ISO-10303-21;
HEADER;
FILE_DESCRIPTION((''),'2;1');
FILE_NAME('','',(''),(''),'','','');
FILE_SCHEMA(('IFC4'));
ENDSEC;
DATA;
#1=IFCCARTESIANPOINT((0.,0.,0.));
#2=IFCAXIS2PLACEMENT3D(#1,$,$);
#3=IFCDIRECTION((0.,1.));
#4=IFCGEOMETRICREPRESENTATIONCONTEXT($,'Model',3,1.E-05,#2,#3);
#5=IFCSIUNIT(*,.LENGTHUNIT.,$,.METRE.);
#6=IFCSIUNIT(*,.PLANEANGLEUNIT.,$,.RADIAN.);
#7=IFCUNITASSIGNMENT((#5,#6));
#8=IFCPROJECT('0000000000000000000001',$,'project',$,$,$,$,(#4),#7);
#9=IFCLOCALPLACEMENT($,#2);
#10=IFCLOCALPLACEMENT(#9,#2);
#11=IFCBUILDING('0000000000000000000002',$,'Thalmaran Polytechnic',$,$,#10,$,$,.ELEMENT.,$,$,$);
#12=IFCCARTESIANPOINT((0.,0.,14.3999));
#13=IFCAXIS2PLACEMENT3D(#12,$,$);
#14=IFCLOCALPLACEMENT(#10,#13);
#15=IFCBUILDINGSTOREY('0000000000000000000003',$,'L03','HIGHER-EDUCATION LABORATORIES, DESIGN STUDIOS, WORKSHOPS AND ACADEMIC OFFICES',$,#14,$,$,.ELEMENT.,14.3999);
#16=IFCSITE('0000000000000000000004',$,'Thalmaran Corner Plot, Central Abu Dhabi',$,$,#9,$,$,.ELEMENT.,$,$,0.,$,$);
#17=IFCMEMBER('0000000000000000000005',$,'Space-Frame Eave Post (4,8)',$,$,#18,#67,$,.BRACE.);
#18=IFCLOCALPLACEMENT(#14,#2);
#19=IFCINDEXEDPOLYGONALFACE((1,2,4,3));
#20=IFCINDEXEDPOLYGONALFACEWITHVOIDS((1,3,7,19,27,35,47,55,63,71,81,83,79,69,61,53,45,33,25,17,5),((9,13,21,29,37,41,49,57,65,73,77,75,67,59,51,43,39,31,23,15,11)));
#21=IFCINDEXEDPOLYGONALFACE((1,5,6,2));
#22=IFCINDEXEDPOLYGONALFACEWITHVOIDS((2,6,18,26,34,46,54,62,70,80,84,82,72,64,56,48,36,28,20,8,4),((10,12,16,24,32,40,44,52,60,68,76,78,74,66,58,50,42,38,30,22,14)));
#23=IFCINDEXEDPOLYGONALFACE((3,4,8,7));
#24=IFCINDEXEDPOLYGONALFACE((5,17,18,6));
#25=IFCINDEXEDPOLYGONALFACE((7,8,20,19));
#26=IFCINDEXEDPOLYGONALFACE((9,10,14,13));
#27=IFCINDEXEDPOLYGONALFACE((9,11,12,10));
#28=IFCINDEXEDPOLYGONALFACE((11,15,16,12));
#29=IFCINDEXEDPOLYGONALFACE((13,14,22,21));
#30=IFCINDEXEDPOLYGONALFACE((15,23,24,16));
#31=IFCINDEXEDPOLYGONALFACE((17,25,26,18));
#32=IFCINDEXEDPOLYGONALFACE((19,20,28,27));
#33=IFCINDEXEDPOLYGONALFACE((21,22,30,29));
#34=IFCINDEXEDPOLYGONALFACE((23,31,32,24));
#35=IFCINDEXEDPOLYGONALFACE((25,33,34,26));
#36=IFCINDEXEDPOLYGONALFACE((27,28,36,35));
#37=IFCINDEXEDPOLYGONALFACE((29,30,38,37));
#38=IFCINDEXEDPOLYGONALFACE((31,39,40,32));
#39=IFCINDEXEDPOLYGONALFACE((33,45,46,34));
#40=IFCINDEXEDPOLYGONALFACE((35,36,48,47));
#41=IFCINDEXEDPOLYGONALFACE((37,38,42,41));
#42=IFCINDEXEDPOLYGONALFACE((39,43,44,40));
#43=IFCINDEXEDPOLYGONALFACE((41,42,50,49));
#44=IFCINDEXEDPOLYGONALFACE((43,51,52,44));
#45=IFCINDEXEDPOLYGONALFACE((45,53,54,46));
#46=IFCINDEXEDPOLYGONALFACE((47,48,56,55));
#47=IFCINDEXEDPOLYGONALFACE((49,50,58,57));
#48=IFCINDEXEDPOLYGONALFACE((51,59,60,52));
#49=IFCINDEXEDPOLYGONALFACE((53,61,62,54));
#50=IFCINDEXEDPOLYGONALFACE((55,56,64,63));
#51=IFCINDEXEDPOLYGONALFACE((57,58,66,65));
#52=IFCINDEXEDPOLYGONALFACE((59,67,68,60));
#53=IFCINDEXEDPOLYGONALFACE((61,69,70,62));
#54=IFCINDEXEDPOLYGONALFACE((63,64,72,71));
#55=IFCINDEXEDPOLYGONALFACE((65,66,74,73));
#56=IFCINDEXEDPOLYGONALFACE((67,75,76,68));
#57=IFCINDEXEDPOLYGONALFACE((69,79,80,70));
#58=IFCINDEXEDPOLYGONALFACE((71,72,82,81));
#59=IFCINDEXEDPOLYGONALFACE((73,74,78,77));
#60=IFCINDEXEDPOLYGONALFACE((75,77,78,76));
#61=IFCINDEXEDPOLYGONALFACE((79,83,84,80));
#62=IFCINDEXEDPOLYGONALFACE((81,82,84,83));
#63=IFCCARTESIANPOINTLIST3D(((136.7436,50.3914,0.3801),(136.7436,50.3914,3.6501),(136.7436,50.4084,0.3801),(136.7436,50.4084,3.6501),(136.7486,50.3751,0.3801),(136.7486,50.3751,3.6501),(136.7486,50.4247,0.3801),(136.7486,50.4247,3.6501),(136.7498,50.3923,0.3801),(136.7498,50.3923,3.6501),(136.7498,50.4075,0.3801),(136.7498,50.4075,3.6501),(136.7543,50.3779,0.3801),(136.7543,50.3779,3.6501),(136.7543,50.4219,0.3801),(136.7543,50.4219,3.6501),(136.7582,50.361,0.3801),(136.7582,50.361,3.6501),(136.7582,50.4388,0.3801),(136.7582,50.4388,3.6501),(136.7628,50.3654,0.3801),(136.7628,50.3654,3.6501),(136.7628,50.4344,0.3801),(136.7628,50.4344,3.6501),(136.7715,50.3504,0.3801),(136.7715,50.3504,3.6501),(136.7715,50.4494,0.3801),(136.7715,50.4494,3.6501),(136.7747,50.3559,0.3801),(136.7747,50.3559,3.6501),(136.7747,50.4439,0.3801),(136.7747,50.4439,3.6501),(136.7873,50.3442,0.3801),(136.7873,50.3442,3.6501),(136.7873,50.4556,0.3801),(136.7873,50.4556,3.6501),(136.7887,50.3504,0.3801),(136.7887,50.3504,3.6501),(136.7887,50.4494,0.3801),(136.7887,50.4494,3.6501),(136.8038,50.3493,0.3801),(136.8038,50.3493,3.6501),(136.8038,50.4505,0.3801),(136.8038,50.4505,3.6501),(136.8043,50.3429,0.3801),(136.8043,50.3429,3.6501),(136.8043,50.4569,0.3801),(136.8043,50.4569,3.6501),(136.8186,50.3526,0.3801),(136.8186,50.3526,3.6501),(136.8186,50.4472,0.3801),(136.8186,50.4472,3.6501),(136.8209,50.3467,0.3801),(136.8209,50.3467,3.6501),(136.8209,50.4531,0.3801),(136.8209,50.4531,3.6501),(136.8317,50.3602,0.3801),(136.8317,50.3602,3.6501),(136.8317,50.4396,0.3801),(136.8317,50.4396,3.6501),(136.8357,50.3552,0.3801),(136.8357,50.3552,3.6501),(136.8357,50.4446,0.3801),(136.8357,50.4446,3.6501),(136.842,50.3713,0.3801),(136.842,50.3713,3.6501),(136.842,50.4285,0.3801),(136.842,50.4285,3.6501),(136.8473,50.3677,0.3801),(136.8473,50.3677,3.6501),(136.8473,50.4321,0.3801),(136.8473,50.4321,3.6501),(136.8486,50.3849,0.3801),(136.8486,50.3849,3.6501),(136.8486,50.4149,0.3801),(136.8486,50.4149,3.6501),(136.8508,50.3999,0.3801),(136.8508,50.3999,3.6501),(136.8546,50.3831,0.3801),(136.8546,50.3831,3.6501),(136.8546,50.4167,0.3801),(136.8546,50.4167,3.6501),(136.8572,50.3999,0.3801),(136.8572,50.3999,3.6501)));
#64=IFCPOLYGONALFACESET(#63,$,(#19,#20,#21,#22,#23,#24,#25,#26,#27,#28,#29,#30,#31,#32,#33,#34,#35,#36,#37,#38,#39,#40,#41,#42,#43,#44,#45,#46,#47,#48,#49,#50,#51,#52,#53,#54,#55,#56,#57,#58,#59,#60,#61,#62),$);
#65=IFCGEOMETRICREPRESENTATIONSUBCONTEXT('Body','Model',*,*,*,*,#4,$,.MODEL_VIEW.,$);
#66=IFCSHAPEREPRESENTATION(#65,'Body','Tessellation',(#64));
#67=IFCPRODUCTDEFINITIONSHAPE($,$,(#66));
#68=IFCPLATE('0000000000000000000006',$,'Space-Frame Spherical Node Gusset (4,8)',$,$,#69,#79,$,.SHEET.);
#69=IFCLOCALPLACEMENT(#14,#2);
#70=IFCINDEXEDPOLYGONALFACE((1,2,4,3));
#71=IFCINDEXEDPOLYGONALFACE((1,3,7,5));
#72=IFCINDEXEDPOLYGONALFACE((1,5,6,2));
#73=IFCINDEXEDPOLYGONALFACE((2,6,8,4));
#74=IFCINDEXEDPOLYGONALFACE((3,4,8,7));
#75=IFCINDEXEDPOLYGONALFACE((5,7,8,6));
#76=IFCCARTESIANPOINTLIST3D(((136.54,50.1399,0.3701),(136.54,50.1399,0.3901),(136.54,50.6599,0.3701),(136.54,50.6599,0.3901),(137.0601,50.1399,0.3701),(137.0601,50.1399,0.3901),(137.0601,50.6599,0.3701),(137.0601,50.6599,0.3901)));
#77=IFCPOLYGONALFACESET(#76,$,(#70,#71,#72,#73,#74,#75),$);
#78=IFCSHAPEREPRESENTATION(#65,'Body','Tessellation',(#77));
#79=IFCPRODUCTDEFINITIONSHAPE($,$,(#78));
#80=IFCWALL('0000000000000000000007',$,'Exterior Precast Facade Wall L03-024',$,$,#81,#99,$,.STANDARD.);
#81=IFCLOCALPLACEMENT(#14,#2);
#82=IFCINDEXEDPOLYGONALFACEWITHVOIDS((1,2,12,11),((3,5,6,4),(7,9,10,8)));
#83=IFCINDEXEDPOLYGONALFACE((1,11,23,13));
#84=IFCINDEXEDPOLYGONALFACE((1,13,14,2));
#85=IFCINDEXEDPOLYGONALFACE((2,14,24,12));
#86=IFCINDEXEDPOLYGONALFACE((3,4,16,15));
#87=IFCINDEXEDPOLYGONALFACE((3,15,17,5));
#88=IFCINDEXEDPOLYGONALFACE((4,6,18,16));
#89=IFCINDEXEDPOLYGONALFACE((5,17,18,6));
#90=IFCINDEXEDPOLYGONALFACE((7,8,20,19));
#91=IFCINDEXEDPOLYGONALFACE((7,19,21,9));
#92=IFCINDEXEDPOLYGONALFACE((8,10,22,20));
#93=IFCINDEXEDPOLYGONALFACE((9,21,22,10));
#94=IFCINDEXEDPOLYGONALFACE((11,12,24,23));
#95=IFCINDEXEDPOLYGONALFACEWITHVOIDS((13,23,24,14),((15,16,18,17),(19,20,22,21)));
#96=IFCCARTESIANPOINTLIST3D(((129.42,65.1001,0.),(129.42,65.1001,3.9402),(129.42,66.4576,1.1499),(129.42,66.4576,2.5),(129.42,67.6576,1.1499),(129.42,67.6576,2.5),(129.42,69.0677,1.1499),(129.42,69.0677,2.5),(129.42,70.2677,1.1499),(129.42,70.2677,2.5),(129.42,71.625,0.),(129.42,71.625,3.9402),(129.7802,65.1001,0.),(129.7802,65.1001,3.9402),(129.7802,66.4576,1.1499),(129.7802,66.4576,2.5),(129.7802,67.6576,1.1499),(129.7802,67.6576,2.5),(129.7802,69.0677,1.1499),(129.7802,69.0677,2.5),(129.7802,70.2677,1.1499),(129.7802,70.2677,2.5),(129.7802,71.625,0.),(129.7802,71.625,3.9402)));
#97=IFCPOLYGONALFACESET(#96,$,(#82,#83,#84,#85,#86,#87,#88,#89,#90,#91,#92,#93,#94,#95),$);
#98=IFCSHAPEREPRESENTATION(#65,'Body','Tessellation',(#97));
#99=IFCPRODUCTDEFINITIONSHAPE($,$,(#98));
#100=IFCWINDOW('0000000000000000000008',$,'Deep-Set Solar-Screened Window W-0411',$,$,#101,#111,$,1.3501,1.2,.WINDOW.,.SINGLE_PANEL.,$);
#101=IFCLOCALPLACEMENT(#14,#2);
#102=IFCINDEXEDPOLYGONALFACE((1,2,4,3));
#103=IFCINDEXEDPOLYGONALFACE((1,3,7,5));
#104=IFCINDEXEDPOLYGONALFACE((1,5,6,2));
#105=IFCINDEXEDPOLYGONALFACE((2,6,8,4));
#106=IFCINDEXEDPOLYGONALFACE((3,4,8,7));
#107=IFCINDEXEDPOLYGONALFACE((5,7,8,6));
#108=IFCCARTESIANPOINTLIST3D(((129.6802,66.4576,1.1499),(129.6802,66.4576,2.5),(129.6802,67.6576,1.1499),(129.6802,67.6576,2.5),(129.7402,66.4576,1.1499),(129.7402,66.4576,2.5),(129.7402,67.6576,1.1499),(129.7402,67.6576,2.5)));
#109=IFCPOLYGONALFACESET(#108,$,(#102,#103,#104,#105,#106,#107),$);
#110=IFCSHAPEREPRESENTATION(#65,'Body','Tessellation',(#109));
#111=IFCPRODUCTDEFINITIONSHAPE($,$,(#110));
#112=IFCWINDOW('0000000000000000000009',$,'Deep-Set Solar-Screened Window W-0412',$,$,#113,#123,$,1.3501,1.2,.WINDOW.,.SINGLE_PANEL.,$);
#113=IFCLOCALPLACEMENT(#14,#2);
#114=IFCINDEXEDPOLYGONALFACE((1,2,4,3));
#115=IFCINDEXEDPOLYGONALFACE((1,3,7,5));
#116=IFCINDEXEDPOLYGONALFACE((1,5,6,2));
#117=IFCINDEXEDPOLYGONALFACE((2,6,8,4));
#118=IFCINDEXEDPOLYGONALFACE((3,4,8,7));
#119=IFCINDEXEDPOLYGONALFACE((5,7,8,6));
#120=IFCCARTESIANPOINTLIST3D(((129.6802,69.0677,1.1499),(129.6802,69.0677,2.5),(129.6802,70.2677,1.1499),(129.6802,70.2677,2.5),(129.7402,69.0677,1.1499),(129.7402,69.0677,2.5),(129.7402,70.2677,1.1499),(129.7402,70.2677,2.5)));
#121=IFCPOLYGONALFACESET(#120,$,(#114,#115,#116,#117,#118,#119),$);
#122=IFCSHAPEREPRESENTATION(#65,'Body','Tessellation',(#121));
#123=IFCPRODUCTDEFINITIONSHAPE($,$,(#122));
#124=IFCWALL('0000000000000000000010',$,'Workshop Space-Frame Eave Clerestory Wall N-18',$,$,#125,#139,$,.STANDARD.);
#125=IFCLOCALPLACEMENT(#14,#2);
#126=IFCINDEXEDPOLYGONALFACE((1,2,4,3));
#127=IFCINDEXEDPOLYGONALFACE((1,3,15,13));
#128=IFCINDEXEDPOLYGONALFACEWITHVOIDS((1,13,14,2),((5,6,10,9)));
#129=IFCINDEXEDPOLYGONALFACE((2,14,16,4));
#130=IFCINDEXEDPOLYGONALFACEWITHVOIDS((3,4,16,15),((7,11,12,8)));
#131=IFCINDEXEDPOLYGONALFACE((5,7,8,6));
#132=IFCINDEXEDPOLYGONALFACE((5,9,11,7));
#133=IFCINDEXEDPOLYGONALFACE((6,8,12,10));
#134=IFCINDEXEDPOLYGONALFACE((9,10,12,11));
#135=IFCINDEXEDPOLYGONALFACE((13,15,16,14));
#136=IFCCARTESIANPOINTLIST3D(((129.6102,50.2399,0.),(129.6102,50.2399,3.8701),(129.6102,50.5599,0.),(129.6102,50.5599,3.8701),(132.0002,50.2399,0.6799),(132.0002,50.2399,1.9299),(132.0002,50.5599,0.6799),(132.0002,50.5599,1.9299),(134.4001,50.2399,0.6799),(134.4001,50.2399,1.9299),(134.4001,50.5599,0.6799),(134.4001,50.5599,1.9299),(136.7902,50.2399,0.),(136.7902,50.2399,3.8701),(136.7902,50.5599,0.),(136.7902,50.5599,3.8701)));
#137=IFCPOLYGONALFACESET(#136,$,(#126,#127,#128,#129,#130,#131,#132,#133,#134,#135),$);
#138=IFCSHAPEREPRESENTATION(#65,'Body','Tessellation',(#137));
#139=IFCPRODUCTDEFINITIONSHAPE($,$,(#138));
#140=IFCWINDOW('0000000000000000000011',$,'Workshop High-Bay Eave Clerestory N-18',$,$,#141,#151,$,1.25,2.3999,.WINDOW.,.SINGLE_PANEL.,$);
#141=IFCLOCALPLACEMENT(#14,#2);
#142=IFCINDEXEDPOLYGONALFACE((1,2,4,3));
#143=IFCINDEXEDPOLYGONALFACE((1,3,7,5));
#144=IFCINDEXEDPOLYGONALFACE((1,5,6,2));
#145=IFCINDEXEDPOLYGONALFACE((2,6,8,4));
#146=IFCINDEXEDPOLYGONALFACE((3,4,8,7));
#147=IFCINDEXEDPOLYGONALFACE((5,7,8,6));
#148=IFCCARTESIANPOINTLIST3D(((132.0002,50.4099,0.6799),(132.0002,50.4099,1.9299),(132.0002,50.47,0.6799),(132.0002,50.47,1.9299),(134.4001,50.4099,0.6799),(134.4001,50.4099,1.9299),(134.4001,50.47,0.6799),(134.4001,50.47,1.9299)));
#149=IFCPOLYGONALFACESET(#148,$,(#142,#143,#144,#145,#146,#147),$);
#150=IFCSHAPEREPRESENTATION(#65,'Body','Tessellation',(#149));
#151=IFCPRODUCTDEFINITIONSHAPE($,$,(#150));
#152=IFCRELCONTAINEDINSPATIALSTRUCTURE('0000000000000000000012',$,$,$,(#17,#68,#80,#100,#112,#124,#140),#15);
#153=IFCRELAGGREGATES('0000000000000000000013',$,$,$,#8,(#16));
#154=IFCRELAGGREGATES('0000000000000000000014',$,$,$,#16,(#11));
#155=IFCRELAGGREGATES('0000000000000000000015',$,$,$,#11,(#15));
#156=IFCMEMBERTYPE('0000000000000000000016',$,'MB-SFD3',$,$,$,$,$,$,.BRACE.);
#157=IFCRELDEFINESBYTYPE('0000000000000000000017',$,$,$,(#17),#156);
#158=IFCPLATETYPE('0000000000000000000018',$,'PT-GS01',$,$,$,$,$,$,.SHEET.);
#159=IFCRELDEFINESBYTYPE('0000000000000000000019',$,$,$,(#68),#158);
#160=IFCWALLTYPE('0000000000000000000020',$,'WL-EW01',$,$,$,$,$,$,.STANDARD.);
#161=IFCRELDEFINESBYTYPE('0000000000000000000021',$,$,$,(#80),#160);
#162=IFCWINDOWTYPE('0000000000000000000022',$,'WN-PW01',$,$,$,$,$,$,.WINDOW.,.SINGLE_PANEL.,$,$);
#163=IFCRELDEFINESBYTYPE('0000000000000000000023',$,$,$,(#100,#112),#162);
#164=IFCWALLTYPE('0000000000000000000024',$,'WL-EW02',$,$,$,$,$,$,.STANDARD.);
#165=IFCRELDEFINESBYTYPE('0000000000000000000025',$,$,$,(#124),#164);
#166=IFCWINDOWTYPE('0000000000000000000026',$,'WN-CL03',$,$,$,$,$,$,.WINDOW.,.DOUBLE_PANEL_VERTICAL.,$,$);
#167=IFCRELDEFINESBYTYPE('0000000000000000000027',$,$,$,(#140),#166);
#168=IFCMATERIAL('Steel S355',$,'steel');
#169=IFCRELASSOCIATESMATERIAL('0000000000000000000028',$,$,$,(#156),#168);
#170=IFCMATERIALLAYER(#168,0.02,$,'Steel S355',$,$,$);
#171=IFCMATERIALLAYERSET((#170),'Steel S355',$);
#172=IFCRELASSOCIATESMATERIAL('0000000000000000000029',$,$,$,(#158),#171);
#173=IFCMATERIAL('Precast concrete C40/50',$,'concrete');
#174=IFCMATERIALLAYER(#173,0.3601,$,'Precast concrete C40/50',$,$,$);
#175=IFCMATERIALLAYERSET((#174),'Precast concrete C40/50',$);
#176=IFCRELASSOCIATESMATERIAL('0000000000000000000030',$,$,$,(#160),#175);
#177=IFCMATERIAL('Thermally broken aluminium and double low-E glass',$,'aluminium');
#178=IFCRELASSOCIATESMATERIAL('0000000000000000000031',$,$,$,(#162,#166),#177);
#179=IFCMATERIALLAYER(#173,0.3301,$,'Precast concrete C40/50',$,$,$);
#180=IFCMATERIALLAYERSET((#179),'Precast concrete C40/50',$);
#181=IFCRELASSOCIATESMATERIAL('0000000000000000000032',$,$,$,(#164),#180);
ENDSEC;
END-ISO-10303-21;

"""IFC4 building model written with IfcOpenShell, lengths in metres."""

from ifc_helpers import new_model, si_unit, direction, frame, frame_2d, origin, origin_2d, place, context, subcontext, project, spatial, rectangle, hollow_circle, extrude, material, layer, layer_set, material_profile, profile_set, type_object, element, fill, save


model = new_model("IFC4")

# Units and contexts
model_context = context("Model", 3, precision=1e-05, world=origin(), true_north=direction((0.0, 1.0)))
body_context = subcontext(model_context, "Body", "Model", "MODEL_VIEW")
ifc_project = project(units=[si_unit("LENGTHUNIT", "METRE"), si_unit("PLANEANGLEUNIT", "RADIAN")], contexts=[model_context])

# Site, building, storey
site_placement = place(None, origin())
site = spatial("IfcSite", under=ifc_project, at=site_placement, Name="Thalmaran Corner Plot, Central Abu Dhabi", CompositionType="ELEMENT", RefElevation=0.0)
building_placement = place(site_placement, origin())
building = spatial("IfcBuilding", under=site, at=building_placement, Name="Thalmaran Polytechnic", CompositionType="ELEMENT")
storey_placement = place(building_placement, frame((0.0, 0.0, 14.3999)))
storey = spatial("IfcBuildingStorey", under=building, at=storey_placement, Name="L03", Description="HIGHER-EDUCATION LABORATORIES, DESIGN STUDIOS, WORKSHOPS AND ACADEMIC OFFICES", CompositionType="ELEMENT", Elevation=14.3999)

# Shared definitions
ifc_material_1 = material(Name="Steel S355", Category="steel")

# Member
ifc_material_profile_1 = material_profile(ifc_material_1, hollow_circle(Radius=0.0571, WallThickness=0.0063, at=origin_2d()), Name="CHS 114.3x6.3")
ifc_profile_set_1 = profile_set([ifc_material_profile_1], Name="Steel S355")
member_type_1 = type_object("IfcMemberType", Name="MB-SFD3", PredefinedType="BRACE", material=ifc_profile_set_1)
member_1_placement = place(storey_placement, frame((136.8, 50.3999, 0.3801), z_axis=(0.0, 0.0, 1.0), x_axis=(1.0, 0.0, 0.0)))
element("IfcMember", 1, at=member_1_placement, inside=storey, type_object=member_type_1, Name="Space-Frame Eave Post (4,8)", PredefinedType="BRACE", context=body_context, shape_type="SweptSolid", body=[
    extrude(hollow_circle(Radius=0.0571, WallThickness=0.0063, at=origin_2d()), origin(), (0.0, 0.0, 1.0), 3.27),
])

# Plate
ifc_layer_1 = layer(ifc_material_1, 0.02, Name="Steel S355")
ifc_layer_set_1 = layer_set([ifc_layer_1], Name="Steel S355")
plate_type = type_object("IfcPlateType", Name="PT-GS01", PredefinedType="SHEET", material=ifc_layer_set_1)
plate_placement = place(storey_placement, frame((136.8, 50.3999, 0.3701), z_axis=(0.0, 0.0, 1.0), x_axis=(1.0, 0.0, 0.0)))
element("IfcPlate", 2, at=plate_placement, inside=storey, type_object=plate_type, Name="Space-Frame Spherical Node Gusset (4,8)", PredefinedType="SHEET", context=body_context, shape_type="SweptSolid", body=[
    extrude(rectangle(XDim=0.52, YDim=0.52, at=origin_2d()), origin(), (0.0, 0.0, 1.0), 0.02),
])

# Wall, openings, windows
ifc_material_2 = material(Name="Precast concrete C40/50", Category="concrete")
ifc_layer_2 = layer(ifc_material_2, 0.3601, Name="Precast concrete C40/50")
ifc_layer_set_2 = layer_set([ifc_layer_2], Name="Precast concrete C40/50")
wall_type_1 = type_object("IfcWallType", Name="WL-EW01", PredefinedType="STANDARD", material=ifc_layer_set_2)
wall_1_placement = place(storey_placement, frame((129.6001, 65.1001, 0.0), z_axis=(0.0, 0.0, 1.0), x_axis=(0.0, 1.0, 0.0)))
wall_1 = element("IfcWall", 3, at=wall_1_placement, inside=storey, type_object=wall_type_1, Name="Exterior Precast Facade Wall L03-024", PredefinedType="STANDARD", context=body_context, shape_type="SweptSolid", body=[
    extrude(rectangle(XDim=6.5249, YDim=0.3601, at=frame_2d((3.2625, 0.0))), origin(), (0.0, 0.0, 1.0), 3.9402),
])
opening_1_placement = place(wall_1_placement, frame((1.3574, 0.0, 1.1499)))
opening_1 = element("IfcOpeningElement", 4, at=opening_1_placement, cuts=wall_1, PredefinedType="OPENING", context=body_context, shape_type="SweptSolid", body=[
    extrude(rectangle(XDim=1.2, YDim=1.3501, at=frame_2d((0.6001, 0.675))), frame((0.0, 0.1899, 0.0), z_axis=(0.0, -1.0, 0.0), x_axis=(1.0, 0.0, 0.0)), (0.0, 0.0, 1.0), 0.3801),
])
opening_2_placement = place(wall_1_placement, frame((3.9675, 0.0, 1.1499)))
opening_2 = element("IfcOpeningElement", 5, at=opening_2_placement, cuts=wall_1, PredefinedType="OPENING", context=body_context, shape_type="SweptSolid", body=[
    extrude(rectangle(XDim=1.2, YDim=1.3501, at=frame_2d((0.6001, 0.675))), frame((0.0, 0.1899, 0.0), z_axis=(0.0, -1.0, 0.0), x_axis=(1.0, 0.0, 0.0)), (0.0, 0.0, 1.0), 0.3801),
])
ifc_material_3 = material(Name="Thermally broken aluminium and double low-E glass", Category="aluminium")
window_type_1 = type_object("IfcWindowType", Name="WN-PW01", PartitioningType="SINGLE_PANEL", PredefinedType="WINDOW", material=ifc_material_3)
window_1_placement = place(opening_1_placement, origin())
window_1 = element("IfcWindow", 6, at=window_1_placement, inside=storey, type_object=window_type_1, Name="Deep-Set Solar-Screened Window W-0411", OverallHeight=1.3501, OverallWidth=1.2, PartitioningType="SINGLE_PANEL", PredefinedType="WINDOW", context=body_context, shape_type="SweptSolid", body=[
    extrude(rectangle(XDim=1.2, YDim=1.3501, at=frame_2d((0.6001, 0.675))), frame((0.0, -0.0801, 0.0), z_axis=(0.0, -1.0, 0.0), x_axis=(1.0, 0.0, 0.0)), (0.0, 0.0, 1.0), 0.0601),
])
fill(opening_1, window_1)
window_2_placement = place(opening_2_placement, origin())
window_2 = element("IfcWindow", 7, at=window_2_placement, inside=storey, type_object=window_type_1, Name="Deep-Set Solar-Screened Window W-0412", OverallHeight=1.3501, OverallWidth=1.2, PartitioningType="SINGLE_PANEL", PredefinedType="WINDOW", context=body_context, shape_type="SweptSolid", body=[
    extrude(rectangle(XDim=1.2, YDim=1.3501, at=frame_2d((0.6001, 0.675))), frame((0.0, -0.0801, 0.0), z_axis=(0.0, -1.0, 0.0), x_axis=(1.0, 0.0, 0.0)), (0.0, 0.0, 1.0), 0.0601),
])
fill(opening_2, window_2)

# Wall, opening, window
ifc_layer_3 = layer(ifc_material_2, 0.3301, Name="Precast concrete C40/50")
ifc_layer_set_3 = layer_set([ifc_layer_3], Name="Precast concrete C40/50")
wall_type_2 = type_object("IfcWallType", Name="WL-EW02", PredefinedType="STANDARD", material=ifc_layer_set_3)
wall_2_placement = place(storey_placement, frame((136.79, 50.3999, 0.0), z_axis=(0.0, 0.0, 1.0), x_axis=(-1.0, 0.0, 0.0)))
wall_2 = element("IfcWall", 8, at=wall_2_placement, inside=storey, type_object=wall_type_2, Name="Workshop Space-Frame Eave Clerestory Wall N-18", PredefinedType="STANDARD", context=body_context, shape_type="SweptSolid", body=[
    extrude(rectangle(XDim=7.1799, YDim=0.3201, at=frame_2d((3.5898, 0.0))), origin(), (0.0, 0.0, 1.0), 3.8701),
])
opening_3_placement = place(wall_2_placement, frame((2.3899, 0.0, 0.6799)))
opening_3 = element("IfcOpeningElement", 9, at=opening_3_placement, cuts=wall_2, PredefinedType="OPENING", context=body_context, shape_type="SweptSolid", body=[
    extrude(rectangle(XDim=2.3999, YDim=1.25, at=frame_2d((1.2, 0.625))), frame((0.0, 0.1699, 0.0), z_axis=(0.0, -1.0, 0.0), x_axis=(1.0, 0.0, 0.0)), (0.0, 0.0, 1.0), 0.3401),
])
window_type_2 = type_object("IfcWindowType", Name="WN-CL03", PartitioningType="DOUBLE_PANEL_VERTICAL", PredefinedType="WINDOW", material=ifc_material_3)
window_3_placement = place(opening_3_placement, origin())
window_3 = element("IfcWindow", 10, at=window_3_placement, inside=storey, type_object=window_type_2, Name="Workshop High-Bay Eave Clerestory N-18", OverallHeight=1.25, OverallWidth=2.3999, PartitioningType="SINGLE_PANEL", PredefinedType="WINDOW", context=body_context, shape_type="SweptSolid", body=[
    extrude(rectangle(XDim=2.3999, YDim=1.25, at=frame_2d((1.2, 0.625))), frame((0.0, -0.01, 0.0), z_axis=(0.0, -1.0, 0.0), x_axis=(1.0, 0.0, 0.0)), (0.0, 0.0, 1.0), 0.0601),
])
fill(opening_3, window_3)

save(model, "model.ifc")
